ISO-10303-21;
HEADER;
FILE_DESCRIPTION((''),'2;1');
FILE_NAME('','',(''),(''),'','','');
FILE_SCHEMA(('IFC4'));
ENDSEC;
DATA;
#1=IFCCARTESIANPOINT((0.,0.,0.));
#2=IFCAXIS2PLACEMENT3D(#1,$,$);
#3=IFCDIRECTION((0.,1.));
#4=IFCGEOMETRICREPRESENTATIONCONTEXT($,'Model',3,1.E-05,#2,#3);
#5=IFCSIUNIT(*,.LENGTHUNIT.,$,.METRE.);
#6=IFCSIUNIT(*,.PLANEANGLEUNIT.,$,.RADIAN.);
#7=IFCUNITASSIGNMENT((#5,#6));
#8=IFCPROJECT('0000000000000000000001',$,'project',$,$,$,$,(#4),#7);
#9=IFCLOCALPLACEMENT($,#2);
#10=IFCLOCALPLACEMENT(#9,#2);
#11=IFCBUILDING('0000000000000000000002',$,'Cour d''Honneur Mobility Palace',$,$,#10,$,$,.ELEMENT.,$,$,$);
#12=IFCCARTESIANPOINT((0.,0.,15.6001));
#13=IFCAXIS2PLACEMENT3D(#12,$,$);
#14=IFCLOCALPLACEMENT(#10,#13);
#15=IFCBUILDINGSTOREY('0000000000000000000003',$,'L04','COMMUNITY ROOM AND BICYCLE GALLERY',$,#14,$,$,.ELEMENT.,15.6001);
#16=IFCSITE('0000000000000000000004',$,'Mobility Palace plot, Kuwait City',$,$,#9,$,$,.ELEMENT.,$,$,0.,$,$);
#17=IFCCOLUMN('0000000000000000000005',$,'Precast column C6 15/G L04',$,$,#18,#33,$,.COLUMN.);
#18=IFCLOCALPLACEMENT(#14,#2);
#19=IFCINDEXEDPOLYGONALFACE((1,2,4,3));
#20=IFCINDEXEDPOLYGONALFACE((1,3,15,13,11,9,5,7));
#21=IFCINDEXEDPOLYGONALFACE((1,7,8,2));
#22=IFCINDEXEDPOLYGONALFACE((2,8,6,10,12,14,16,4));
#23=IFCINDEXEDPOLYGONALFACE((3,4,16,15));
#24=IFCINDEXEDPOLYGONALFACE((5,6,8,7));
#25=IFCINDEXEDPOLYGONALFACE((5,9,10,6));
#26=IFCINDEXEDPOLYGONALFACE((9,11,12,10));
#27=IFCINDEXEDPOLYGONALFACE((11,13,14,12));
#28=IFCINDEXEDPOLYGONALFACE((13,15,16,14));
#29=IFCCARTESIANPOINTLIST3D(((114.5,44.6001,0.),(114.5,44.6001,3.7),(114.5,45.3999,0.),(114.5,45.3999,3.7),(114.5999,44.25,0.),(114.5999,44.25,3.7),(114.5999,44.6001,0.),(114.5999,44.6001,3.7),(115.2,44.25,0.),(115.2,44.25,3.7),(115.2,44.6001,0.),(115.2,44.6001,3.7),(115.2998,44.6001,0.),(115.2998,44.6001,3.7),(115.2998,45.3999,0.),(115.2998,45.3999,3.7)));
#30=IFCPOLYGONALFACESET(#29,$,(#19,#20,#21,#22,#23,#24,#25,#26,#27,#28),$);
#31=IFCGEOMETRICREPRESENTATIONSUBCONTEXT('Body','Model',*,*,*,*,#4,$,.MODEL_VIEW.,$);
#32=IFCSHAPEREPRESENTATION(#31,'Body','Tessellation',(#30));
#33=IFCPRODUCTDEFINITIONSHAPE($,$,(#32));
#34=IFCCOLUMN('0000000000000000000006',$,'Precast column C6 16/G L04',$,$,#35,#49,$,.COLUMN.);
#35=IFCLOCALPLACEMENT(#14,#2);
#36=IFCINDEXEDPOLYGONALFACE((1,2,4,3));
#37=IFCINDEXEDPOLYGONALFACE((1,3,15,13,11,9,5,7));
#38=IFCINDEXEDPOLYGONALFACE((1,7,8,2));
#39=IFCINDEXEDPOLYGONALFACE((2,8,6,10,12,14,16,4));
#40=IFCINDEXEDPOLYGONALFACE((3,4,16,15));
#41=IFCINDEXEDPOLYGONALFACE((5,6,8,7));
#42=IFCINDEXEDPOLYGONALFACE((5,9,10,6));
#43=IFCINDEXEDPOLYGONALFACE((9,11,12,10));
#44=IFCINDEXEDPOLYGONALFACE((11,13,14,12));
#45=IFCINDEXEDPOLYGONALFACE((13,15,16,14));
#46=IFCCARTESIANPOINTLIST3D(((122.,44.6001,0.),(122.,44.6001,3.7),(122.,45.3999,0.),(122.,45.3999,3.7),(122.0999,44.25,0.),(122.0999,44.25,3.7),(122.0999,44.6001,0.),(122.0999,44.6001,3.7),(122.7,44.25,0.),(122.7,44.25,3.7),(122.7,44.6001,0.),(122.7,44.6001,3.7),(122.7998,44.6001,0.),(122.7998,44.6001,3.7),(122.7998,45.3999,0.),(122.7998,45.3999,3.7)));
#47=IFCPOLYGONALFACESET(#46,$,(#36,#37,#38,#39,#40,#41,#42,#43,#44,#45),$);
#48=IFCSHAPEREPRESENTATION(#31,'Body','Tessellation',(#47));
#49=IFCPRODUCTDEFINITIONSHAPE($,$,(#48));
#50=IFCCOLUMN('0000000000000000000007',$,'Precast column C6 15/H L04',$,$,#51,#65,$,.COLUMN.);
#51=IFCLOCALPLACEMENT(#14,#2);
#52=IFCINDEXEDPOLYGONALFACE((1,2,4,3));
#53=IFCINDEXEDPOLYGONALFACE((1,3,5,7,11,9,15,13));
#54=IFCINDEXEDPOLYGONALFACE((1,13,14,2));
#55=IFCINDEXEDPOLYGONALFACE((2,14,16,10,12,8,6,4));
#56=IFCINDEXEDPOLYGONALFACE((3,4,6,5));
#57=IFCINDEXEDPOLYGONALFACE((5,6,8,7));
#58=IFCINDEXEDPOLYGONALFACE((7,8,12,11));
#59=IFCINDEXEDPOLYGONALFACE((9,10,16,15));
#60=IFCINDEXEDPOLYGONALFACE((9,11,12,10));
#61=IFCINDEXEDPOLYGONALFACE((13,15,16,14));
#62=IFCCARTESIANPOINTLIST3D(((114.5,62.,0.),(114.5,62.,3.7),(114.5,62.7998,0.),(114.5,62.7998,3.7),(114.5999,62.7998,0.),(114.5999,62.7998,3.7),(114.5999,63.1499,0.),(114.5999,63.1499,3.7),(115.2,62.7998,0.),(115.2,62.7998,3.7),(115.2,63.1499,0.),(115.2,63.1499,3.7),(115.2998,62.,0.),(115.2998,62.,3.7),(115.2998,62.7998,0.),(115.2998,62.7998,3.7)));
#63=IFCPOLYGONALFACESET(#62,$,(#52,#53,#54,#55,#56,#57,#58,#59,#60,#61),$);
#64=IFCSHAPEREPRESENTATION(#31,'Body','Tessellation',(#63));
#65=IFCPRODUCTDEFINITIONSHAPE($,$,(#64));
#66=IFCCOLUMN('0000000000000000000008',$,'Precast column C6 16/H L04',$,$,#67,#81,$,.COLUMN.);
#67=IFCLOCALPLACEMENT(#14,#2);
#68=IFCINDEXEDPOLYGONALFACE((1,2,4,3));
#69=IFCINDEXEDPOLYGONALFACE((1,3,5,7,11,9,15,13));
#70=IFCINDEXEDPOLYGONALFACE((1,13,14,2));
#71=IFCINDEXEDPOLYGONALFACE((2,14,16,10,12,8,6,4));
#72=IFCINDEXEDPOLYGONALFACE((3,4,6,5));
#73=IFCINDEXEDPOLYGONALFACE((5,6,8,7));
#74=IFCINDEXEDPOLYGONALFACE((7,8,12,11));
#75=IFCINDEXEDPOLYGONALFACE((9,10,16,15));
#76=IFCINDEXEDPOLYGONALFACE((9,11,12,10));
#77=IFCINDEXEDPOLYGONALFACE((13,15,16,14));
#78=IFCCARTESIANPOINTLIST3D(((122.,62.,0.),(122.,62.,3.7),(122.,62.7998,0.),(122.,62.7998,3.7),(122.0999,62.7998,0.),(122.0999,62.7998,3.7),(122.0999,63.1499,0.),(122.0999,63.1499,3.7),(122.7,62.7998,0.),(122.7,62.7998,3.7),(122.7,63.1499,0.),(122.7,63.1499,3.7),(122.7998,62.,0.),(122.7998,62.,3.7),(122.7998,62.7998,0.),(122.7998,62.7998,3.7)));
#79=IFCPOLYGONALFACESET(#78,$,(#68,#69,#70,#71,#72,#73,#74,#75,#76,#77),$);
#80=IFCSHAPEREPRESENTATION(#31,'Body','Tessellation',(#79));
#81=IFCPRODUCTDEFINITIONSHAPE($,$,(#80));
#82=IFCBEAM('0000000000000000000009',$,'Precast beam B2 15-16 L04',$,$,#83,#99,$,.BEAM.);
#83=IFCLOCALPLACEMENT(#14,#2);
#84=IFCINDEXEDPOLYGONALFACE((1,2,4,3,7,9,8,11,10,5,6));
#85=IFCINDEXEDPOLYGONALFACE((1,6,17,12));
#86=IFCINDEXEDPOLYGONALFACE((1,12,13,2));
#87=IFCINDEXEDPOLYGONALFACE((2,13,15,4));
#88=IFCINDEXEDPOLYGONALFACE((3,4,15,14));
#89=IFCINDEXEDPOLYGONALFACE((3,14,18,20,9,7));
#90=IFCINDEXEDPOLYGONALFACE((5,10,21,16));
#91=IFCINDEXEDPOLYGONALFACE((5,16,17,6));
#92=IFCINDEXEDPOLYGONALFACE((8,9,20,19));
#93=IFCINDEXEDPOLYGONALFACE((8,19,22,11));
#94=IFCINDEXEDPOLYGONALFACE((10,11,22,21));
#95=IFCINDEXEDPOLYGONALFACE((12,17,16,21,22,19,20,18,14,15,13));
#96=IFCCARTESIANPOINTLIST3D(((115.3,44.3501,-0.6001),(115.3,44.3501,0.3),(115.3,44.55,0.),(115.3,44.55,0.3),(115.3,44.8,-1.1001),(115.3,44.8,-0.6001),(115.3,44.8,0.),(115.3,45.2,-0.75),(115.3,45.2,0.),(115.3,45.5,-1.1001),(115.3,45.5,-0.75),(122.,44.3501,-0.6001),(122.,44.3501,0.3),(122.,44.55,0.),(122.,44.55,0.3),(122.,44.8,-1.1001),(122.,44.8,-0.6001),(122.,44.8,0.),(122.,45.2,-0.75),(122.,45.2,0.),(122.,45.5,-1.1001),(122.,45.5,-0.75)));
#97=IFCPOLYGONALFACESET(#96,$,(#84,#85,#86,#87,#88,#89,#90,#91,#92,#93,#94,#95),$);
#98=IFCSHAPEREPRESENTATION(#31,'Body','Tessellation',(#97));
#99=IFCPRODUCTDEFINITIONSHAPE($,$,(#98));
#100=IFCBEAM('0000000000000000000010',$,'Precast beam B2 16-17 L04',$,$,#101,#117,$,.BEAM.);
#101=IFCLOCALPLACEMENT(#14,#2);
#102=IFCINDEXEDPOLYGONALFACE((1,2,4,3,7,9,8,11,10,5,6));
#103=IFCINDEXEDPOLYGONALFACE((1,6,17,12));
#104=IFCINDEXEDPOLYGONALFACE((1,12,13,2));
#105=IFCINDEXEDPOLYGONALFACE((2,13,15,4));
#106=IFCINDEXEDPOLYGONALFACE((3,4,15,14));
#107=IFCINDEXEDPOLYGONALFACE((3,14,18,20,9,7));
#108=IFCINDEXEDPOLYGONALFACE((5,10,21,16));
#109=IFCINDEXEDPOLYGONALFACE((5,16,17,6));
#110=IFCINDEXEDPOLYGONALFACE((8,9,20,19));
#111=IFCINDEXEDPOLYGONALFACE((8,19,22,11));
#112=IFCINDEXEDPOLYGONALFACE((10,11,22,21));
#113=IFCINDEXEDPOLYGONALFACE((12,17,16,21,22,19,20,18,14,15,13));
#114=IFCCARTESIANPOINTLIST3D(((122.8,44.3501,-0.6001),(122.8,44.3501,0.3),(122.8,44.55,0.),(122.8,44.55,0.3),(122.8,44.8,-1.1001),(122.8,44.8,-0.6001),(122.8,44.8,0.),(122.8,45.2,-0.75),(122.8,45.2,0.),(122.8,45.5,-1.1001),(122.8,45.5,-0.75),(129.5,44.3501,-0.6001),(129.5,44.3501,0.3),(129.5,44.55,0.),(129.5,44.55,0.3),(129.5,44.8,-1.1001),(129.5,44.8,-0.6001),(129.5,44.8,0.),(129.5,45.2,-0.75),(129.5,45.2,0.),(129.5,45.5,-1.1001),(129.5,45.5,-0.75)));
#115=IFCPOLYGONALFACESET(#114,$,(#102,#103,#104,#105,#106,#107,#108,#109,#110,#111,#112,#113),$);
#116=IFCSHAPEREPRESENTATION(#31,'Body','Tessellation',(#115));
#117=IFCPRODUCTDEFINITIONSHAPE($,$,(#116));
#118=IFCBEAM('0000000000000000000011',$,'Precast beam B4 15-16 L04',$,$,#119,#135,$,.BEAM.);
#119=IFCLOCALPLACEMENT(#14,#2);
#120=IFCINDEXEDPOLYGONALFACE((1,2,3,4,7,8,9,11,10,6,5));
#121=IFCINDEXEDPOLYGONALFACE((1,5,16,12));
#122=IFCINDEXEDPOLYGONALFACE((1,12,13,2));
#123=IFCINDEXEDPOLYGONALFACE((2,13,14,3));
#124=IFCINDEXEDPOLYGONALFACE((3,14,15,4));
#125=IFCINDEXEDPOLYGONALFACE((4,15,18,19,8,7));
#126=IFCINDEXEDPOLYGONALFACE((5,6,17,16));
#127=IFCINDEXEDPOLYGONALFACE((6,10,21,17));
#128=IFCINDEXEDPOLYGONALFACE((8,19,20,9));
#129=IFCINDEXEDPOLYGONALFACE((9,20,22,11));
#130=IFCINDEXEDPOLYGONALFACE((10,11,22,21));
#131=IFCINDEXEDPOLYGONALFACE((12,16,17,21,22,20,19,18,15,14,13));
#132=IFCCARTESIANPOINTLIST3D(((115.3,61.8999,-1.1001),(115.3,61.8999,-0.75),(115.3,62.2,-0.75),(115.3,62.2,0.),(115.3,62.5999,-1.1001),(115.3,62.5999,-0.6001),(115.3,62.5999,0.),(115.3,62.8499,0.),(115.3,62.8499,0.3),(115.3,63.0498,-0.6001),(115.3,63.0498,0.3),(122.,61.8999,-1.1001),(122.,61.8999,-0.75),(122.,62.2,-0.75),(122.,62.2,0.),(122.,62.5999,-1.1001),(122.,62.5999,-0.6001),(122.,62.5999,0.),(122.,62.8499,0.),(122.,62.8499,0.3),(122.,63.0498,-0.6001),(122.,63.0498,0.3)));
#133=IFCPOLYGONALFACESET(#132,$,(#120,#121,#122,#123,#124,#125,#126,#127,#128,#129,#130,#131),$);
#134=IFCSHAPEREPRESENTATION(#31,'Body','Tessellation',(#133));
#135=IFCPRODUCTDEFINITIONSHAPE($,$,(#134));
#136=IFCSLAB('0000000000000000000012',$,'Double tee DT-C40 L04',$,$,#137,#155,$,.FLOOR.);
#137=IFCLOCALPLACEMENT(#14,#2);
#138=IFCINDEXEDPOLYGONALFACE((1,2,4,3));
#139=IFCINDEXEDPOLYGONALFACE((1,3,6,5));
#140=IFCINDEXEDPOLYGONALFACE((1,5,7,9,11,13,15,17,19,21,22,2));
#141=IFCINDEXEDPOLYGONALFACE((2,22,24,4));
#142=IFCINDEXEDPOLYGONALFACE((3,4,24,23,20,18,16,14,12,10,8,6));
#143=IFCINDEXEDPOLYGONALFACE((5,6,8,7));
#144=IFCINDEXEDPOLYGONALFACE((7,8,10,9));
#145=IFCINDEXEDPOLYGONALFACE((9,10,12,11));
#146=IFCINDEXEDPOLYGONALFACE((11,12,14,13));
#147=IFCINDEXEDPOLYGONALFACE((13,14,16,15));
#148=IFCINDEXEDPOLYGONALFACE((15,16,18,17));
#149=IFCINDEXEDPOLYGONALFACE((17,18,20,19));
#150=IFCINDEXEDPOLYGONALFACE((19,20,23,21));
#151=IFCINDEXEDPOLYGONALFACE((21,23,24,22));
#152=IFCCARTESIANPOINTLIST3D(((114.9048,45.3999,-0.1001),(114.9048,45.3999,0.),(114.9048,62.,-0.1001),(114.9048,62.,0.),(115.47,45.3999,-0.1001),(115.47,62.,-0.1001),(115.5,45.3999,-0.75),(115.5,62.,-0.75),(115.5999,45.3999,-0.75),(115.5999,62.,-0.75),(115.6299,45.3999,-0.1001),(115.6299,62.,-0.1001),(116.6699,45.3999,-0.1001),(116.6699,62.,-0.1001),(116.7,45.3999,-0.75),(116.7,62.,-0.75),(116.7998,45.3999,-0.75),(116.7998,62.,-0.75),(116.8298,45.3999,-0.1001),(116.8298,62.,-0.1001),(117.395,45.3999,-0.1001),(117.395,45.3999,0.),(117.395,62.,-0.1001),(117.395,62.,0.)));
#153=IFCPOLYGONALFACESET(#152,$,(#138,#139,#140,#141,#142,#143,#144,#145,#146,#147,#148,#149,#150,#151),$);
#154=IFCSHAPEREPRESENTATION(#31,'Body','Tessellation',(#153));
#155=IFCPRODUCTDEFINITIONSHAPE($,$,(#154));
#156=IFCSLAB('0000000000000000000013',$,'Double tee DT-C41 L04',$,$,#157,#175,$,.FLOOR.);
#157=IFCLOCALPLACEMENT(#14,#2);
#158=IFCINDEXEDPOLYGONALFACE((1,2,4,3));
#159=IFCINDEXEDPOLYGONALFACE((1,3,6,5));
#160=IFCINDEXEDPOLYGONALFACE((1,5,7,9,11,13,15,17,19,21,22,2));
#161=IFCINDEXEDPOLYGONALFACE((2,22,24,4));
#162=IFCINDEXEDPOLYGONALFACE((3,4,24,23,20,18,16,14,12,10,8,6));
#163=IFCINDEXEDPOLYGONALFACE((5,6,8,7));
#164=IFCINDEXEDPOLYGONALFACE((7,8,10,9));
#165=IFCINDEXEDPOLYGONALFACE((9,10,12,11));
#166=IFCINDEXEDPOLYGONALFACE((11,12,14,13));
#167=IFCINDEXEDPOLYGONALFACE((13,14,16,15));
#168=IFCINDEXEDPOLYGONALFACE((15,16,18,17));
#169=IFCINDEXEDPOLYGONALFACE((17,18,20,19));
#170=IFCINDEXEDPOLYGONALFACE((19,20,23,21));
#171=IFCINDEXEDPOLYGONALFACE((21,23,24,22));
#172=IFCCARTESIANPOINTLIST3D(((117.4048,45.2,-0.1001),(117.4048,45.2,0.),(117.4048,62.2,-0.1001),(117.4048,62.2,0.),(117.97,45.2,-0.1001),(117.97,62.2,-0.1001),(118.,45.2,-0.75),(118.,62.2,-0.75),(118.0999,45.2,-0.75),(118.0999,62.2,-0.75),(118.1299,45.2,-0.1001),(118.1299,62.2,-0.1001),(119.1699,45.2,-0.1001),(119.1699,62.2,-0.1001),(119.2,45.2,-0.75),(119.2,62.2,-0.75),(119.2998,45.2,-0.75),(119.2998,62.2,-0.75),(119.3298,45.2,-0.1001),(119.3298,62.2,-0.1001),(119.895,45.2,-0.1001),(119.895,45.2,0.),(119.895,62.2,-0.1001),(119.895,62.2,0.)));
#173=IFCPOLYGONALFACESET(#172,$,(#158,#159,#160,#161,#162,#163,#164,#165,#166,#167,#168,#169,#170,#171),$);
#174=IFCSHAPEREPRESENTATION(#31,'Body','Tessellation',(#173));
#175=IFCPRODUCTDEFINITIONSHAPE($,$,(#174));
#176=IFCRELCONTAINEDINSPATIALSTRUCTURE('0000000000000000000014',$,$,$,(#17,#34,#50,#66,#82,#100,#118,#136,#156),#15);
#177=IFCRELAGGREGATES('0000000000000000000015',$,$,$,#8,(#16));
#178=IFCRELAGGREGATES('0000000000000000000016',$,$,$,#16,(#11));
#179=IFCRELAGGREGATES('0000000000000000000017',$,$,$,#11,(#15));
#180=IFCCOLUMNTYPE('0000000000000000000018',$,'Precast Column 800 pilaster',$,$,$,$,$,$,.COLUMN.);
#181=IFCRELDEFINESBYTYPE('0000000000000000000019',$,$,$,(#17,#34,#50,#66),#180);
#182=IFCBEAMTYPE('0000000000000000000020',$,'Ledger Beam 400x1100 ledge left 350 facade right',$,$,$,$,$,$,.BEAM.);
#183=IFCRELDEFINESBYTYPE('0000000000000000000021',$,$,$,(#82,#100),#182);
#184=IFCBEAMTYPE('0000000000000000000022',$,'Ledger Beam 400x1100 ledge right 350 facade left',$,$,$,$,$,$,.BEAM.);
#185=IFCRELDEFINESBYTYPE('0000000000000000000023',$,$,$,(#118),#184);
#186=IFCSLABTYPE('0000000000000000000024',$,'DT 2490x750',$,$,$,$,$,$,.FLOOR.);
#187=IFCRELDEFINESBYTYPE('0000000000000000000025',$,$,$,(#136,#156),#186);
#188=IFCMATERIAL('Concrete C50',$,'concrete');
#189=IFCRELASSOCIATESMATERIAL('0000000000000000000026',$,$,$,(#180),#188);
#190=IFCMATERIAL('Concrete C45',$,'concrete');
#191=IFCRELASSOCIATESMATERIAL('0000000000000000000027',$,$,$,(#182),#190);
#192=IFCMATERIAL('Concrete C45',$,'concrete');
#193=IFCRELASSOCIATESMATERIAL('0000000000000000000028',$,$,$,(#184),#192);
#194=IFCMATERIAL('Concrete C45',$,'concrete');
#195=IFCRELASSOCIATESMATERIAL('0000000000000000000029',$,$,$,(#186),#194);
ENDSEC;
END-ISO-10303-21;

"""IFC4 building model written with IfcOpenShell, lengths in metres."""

from ifc_helpers import new_model, si_unit, direction, frame, origin, place, context, subcontext, project, spatial, polyline, outline, extrude, material, material_profile, profile_set, type_object, element, save


model = new_model("IFC4")

# Units and contexts
model_context = context("Model", 3, precision=1e-05, world=origin(), true_north=direction((0.0, 1.0)))
body_context = subcontext(model_context, "Body", "Model", "MODEL_VIEW")
ifc_project = project(units=[si_unit("LENGTHUNIT", "METRE"), si_unit("PLANEANGLEUNIT", "RADIAN")], contexts=[model_context])

# Site, building, storey
site_placement = place(None, origin())
site = spatial("IfcSite", under=ifc_project, at=site_placement, Name="Mobility Palace plot, Kuwait City", CompositionType="ELEMENT", RefElevation=0.0)
building_placement = place(site_placement, origin())
building = spatial("IfcBuilding", under=site, at=building_placement, Name="Cour d'Honneur Mobility Palace", CompositionType="ELEMENT")
storey_placement = place(building_placement, frame((0.0, 0.0, 15.6001)))
storey = spatial("IfcBuildingStorey", under=building, at=storey_placement, Name="L04", Description="COMMUNITY ROOM AND BICYCLE GALLERY", CompositionType="ELEMENT", Elevation=15.6001)

# Columns
ifc_material_1 = material(Name="Concrete C50", Category="concrete")
ifc_material_profile_1 = material_profile(ifc_material_1, outline(polyline([(-0.3999, -0.3999), (0.3999, -0.3999), (0.3999, -0.3), (0.75, -0.3), (0.75, 0.3), (0.3999, 0.3), (0.3999, 0.3999), (-0.3999, 0.3999), (-0.3999, -0.3999)])), Name="PC C800 pilaster")
ifc_profile_set_1 = profile_set([ifc_material_profile_1], Name="Concrete C50")
column_type = type_object("IfcColumnType", Name="Precast Column 800 pilaster", PredefinedType="COLUMN", material=ifc_profile_set_1)
for number, where, z_axis, x_axis, name in (
    (1, (114.8999, 45.0, 0.0), (0.0, 0.0, 1.0), (0.0, -1.0, 0.0), "Precast column C6 15/G L04"),
    (2, (122.3999, 45.0, 0.0), (0.0, 0.0, 1.0), (0.0, -1.0, 0.0), "Precast column C6 16/G L04"),
    (3, (114.8999, 62.3999, 0.0), (0.0, 0.0, 1.0), (0.0, 1.0, 0.0), "Precast column C6 15/H L04"),
    (4, (122.3999, 62.3999, 0.0), (0.0, 0.0, 1.0), (0.0, 1.0, 0.0), "Precast column C6 16/H L04"),
):
    element("IfcColumn", number, at=place(storey_placement, frame(where, z_axis=z_axis, x_axis=x_axis)), inside=storey, type_object=column_type, Name=name, PredefinedType="COLUMN", context=body_context, shape_type="SweptSolid", body=[
        extrude(outline(polyline([(-0.3999, -0.3999), (0.3999, -0.3999), (0.3999, -0.3), (0.75, -0.3), (0.75, 0.3), (0.3999, 0.3), (0.3999, 0.3999), (-0.3999, 0.3999), (-0.3999, -0.3999)])), origin(), (0.0, 0.0, 1.0), 3.7),
    ])

# Beams
ifc_material_2 = material(Name="Concrete C45", Category="concrete")
ifc_material_profile_2 = material_profile(ifc_material_2, outline(polyline([(0.5, -1.1001), (0.5, -0.75), (0.2, -0.75), (0.2, 0.0), (-0.2, 0.0), (-0.45, 0.0), (-0.45, 0.3), (-0.6499, 0.3), (-0.6499, -0.6001), (-0.2, -0.6001), (-0.2, -1.1001), (0.5, -1.1001)])), Name="Ledger Beam 400x1100 ledge left 350 facade right")
ifc_profile_set_2 = profile_set([ifc_material_profile_2], Name="Concrete C45")
beam_type_1 = type_object("IfcBeamType", Name="Ledger Beam 400x1100 ledge left 350 facade right", PredefinedType="BEAM", material=ifc_profile_set_2)
for number, where, z_axis, x_axis, name in (
    (5, (115.3, 45.0, 0.0), (1.0, 0.0, 0.0), (0.0, 1.0, 0.0), "Precast beam B2 15-16 L04"),
    (6, (122.8, 45.0, 0.0), (1.0, 0.0, 0.0), (0.0, 1.0, 0.0), "Precast beam B2 16-17 L04"),
):
    element("IfcBeam", number, at=place(storey_placement, frame(where, z_axis=z_axis, x_axis=x_axis)), inside=storey, type_object=beam_type_1, Name=name, PredefinedType="BEAM", context=body_context, shape_type="SweptSolid", body=[
        extrude(outline(polyline([(0.5, -1.1001), (0.5, -0.75), (0.2, -0.75), (0.2, 0.0), (-0.2, 0.0), (-0.45, 0.0), (-0.45, 0.3), (-0.6499, 0.3), (-0.6499, -0.6001), (-0.2, -0.6001), (-0.2, -1.1001), (0.5, -1.1001)])), origin(), (0.0, 0.0, 1.0), 6.7),
    ])
ifc_material_3 = material(Name="Concrete C45", Category="concrete")
ifc_material_profile_3 = material_profile(ifc_material_3, outline(polyline([(0.2, -1.1001), (0.2, -0.6001), (0.6499, -0.6001), (0.6499, 0.3), (0.45, 0.3), (0.45, 0.0), (0.2, 0.0), (-0.2, 0.0), (-0.2, -0.75), (-0.5, -0.75), (-0.5, -1.1001), (0.2, -1.1001)])), Name="Ledger Beam 400x1100 ledge right 350 facade left")
ifc_profile_set_3 = profile_set([ifc_material_profile_3], Name="Concrete C45")
beam_type_2 = type_object("IfcBeamType", Name="Ledger Beam 400x1100 ledge right 350 facade left", PredefinedType="BEAM", material=ifc_profile_set_3)
beam_placement = place(storey_placement, frame((115.3, 62.3999, 0.0), z_axis=(1.0, 0.0, 0.0), x_axis=(0.0, 1.0, 0.0)))
element("IfcBeam", 7, at=beam_placement, inside=storey, type_object=beam_type_2, Name="Precast beam B4 15-16 L04", PredefinedType="BEAM", context=body_context, shape_type="SweptSolid", body=[
    extrude(outline(polyline([(0.2, -1.1001), (0.2, -0.6001), (0.6499, -0.6001), (0.6499, 0.3), (0.45, 0.3), (0.45, 0.0), (0.2, 0.0), (-0.2, 0.0), (-0.2, -0.75), (-0.5, -0.75), (-0.5, -1.1001), (0.2, -1.1001)])), origin(), (0.0, 0.0, 1.0), 6.7),
])

# Slabs
ifc_material_4 = material(Name="Concrete C45", Category="concrete")
ifc_material_profile_4 = material_profile(ifc_material_4, outline(polyline([(-1.2451, 0.0), (1.2451, 0.0), (1.2451, -0.1001), (0.6799, -0.1001), (0.6499, -0.75), (0.55, -0.75), (0.52, -0.1001), (-0.52, -0.1001), (-0.55, -0.75), (-0.6499, -0.75), (-0.6799, -0.1001), (-1.2451, -0.1001), (-1.2451, 0.0)])), Name="DT 2490x750")
ifc_profile_set_4 = profile_set([ifc_material_profile_4], Name="Concrete C45")
slab_type = type_object("IfcSlabType", Name="DT 2490x750", PredefinedType="FLOOR", material=ifc_profile_set_4)
slab_1_placement = place(storey_placement, frame((116.1499, 45.3999, 0.0), z_axis=(0.0, 1.0, 0.0), x_axis=(-1.0, 0.0, 0.0)))
element("IfcSlab", 8, at=slab_1_placement, inside=storey, type_object=slab_type, Name="Double tee DT-C40 L04", PredefinedType="FLOOR", context=body_context, shape_type="SweptSolid", body=[
    extrude(outline(polyline([(-1.2451, 0.0), (1.2451, 0.0), (1.2451, -0.1001), (0.6799, -0.1001), (0.6499, -0.75), (0.55, -0.75), (0.52, -0.1001), (-0.52, -0.1001), (-0.55, -0.75), (-0.6499, -0.75), (-0.6799, -0.1001), (-1.2451, -0.1001), (-1.2451, 0.0)])), origin(), (0.0, 0.0, 1.0), 16.6001),
])
slab_2_placement = place(storey_placement, frame((118.6499, 45.2, 0.0), z_axis=(0.0, 1.0, 0.0), x_axis=(-1.0, 0.0, 0.0)))
element("IfcSlab", 9, at=slab_2_placement, inside=storey, type_object=slab_type, Name="Double tee DT-C41 L04", PredefinedType="FLOOR", context=body_context, shape_type="SweptSolid", body=[
    extrude(outline(polyline([(-1.2451, 0.0), (1.2451, 0.0), (1.2451, -0.1001), (0.6799, -0.1001), (0.6499, -0.75), (0.55, -0.75), (0.52, -0.1001), (-0.52, -0.1001), (-0.55, -0.75), (-0.6499, -0.75), (-0.6799, -0.1001), (-1.2451, -0.1001), (-1.2451, 0.0)])), origin(), (0.0, 0.0, 1.0), 17.0),
])

save(model, "model.ifc")
